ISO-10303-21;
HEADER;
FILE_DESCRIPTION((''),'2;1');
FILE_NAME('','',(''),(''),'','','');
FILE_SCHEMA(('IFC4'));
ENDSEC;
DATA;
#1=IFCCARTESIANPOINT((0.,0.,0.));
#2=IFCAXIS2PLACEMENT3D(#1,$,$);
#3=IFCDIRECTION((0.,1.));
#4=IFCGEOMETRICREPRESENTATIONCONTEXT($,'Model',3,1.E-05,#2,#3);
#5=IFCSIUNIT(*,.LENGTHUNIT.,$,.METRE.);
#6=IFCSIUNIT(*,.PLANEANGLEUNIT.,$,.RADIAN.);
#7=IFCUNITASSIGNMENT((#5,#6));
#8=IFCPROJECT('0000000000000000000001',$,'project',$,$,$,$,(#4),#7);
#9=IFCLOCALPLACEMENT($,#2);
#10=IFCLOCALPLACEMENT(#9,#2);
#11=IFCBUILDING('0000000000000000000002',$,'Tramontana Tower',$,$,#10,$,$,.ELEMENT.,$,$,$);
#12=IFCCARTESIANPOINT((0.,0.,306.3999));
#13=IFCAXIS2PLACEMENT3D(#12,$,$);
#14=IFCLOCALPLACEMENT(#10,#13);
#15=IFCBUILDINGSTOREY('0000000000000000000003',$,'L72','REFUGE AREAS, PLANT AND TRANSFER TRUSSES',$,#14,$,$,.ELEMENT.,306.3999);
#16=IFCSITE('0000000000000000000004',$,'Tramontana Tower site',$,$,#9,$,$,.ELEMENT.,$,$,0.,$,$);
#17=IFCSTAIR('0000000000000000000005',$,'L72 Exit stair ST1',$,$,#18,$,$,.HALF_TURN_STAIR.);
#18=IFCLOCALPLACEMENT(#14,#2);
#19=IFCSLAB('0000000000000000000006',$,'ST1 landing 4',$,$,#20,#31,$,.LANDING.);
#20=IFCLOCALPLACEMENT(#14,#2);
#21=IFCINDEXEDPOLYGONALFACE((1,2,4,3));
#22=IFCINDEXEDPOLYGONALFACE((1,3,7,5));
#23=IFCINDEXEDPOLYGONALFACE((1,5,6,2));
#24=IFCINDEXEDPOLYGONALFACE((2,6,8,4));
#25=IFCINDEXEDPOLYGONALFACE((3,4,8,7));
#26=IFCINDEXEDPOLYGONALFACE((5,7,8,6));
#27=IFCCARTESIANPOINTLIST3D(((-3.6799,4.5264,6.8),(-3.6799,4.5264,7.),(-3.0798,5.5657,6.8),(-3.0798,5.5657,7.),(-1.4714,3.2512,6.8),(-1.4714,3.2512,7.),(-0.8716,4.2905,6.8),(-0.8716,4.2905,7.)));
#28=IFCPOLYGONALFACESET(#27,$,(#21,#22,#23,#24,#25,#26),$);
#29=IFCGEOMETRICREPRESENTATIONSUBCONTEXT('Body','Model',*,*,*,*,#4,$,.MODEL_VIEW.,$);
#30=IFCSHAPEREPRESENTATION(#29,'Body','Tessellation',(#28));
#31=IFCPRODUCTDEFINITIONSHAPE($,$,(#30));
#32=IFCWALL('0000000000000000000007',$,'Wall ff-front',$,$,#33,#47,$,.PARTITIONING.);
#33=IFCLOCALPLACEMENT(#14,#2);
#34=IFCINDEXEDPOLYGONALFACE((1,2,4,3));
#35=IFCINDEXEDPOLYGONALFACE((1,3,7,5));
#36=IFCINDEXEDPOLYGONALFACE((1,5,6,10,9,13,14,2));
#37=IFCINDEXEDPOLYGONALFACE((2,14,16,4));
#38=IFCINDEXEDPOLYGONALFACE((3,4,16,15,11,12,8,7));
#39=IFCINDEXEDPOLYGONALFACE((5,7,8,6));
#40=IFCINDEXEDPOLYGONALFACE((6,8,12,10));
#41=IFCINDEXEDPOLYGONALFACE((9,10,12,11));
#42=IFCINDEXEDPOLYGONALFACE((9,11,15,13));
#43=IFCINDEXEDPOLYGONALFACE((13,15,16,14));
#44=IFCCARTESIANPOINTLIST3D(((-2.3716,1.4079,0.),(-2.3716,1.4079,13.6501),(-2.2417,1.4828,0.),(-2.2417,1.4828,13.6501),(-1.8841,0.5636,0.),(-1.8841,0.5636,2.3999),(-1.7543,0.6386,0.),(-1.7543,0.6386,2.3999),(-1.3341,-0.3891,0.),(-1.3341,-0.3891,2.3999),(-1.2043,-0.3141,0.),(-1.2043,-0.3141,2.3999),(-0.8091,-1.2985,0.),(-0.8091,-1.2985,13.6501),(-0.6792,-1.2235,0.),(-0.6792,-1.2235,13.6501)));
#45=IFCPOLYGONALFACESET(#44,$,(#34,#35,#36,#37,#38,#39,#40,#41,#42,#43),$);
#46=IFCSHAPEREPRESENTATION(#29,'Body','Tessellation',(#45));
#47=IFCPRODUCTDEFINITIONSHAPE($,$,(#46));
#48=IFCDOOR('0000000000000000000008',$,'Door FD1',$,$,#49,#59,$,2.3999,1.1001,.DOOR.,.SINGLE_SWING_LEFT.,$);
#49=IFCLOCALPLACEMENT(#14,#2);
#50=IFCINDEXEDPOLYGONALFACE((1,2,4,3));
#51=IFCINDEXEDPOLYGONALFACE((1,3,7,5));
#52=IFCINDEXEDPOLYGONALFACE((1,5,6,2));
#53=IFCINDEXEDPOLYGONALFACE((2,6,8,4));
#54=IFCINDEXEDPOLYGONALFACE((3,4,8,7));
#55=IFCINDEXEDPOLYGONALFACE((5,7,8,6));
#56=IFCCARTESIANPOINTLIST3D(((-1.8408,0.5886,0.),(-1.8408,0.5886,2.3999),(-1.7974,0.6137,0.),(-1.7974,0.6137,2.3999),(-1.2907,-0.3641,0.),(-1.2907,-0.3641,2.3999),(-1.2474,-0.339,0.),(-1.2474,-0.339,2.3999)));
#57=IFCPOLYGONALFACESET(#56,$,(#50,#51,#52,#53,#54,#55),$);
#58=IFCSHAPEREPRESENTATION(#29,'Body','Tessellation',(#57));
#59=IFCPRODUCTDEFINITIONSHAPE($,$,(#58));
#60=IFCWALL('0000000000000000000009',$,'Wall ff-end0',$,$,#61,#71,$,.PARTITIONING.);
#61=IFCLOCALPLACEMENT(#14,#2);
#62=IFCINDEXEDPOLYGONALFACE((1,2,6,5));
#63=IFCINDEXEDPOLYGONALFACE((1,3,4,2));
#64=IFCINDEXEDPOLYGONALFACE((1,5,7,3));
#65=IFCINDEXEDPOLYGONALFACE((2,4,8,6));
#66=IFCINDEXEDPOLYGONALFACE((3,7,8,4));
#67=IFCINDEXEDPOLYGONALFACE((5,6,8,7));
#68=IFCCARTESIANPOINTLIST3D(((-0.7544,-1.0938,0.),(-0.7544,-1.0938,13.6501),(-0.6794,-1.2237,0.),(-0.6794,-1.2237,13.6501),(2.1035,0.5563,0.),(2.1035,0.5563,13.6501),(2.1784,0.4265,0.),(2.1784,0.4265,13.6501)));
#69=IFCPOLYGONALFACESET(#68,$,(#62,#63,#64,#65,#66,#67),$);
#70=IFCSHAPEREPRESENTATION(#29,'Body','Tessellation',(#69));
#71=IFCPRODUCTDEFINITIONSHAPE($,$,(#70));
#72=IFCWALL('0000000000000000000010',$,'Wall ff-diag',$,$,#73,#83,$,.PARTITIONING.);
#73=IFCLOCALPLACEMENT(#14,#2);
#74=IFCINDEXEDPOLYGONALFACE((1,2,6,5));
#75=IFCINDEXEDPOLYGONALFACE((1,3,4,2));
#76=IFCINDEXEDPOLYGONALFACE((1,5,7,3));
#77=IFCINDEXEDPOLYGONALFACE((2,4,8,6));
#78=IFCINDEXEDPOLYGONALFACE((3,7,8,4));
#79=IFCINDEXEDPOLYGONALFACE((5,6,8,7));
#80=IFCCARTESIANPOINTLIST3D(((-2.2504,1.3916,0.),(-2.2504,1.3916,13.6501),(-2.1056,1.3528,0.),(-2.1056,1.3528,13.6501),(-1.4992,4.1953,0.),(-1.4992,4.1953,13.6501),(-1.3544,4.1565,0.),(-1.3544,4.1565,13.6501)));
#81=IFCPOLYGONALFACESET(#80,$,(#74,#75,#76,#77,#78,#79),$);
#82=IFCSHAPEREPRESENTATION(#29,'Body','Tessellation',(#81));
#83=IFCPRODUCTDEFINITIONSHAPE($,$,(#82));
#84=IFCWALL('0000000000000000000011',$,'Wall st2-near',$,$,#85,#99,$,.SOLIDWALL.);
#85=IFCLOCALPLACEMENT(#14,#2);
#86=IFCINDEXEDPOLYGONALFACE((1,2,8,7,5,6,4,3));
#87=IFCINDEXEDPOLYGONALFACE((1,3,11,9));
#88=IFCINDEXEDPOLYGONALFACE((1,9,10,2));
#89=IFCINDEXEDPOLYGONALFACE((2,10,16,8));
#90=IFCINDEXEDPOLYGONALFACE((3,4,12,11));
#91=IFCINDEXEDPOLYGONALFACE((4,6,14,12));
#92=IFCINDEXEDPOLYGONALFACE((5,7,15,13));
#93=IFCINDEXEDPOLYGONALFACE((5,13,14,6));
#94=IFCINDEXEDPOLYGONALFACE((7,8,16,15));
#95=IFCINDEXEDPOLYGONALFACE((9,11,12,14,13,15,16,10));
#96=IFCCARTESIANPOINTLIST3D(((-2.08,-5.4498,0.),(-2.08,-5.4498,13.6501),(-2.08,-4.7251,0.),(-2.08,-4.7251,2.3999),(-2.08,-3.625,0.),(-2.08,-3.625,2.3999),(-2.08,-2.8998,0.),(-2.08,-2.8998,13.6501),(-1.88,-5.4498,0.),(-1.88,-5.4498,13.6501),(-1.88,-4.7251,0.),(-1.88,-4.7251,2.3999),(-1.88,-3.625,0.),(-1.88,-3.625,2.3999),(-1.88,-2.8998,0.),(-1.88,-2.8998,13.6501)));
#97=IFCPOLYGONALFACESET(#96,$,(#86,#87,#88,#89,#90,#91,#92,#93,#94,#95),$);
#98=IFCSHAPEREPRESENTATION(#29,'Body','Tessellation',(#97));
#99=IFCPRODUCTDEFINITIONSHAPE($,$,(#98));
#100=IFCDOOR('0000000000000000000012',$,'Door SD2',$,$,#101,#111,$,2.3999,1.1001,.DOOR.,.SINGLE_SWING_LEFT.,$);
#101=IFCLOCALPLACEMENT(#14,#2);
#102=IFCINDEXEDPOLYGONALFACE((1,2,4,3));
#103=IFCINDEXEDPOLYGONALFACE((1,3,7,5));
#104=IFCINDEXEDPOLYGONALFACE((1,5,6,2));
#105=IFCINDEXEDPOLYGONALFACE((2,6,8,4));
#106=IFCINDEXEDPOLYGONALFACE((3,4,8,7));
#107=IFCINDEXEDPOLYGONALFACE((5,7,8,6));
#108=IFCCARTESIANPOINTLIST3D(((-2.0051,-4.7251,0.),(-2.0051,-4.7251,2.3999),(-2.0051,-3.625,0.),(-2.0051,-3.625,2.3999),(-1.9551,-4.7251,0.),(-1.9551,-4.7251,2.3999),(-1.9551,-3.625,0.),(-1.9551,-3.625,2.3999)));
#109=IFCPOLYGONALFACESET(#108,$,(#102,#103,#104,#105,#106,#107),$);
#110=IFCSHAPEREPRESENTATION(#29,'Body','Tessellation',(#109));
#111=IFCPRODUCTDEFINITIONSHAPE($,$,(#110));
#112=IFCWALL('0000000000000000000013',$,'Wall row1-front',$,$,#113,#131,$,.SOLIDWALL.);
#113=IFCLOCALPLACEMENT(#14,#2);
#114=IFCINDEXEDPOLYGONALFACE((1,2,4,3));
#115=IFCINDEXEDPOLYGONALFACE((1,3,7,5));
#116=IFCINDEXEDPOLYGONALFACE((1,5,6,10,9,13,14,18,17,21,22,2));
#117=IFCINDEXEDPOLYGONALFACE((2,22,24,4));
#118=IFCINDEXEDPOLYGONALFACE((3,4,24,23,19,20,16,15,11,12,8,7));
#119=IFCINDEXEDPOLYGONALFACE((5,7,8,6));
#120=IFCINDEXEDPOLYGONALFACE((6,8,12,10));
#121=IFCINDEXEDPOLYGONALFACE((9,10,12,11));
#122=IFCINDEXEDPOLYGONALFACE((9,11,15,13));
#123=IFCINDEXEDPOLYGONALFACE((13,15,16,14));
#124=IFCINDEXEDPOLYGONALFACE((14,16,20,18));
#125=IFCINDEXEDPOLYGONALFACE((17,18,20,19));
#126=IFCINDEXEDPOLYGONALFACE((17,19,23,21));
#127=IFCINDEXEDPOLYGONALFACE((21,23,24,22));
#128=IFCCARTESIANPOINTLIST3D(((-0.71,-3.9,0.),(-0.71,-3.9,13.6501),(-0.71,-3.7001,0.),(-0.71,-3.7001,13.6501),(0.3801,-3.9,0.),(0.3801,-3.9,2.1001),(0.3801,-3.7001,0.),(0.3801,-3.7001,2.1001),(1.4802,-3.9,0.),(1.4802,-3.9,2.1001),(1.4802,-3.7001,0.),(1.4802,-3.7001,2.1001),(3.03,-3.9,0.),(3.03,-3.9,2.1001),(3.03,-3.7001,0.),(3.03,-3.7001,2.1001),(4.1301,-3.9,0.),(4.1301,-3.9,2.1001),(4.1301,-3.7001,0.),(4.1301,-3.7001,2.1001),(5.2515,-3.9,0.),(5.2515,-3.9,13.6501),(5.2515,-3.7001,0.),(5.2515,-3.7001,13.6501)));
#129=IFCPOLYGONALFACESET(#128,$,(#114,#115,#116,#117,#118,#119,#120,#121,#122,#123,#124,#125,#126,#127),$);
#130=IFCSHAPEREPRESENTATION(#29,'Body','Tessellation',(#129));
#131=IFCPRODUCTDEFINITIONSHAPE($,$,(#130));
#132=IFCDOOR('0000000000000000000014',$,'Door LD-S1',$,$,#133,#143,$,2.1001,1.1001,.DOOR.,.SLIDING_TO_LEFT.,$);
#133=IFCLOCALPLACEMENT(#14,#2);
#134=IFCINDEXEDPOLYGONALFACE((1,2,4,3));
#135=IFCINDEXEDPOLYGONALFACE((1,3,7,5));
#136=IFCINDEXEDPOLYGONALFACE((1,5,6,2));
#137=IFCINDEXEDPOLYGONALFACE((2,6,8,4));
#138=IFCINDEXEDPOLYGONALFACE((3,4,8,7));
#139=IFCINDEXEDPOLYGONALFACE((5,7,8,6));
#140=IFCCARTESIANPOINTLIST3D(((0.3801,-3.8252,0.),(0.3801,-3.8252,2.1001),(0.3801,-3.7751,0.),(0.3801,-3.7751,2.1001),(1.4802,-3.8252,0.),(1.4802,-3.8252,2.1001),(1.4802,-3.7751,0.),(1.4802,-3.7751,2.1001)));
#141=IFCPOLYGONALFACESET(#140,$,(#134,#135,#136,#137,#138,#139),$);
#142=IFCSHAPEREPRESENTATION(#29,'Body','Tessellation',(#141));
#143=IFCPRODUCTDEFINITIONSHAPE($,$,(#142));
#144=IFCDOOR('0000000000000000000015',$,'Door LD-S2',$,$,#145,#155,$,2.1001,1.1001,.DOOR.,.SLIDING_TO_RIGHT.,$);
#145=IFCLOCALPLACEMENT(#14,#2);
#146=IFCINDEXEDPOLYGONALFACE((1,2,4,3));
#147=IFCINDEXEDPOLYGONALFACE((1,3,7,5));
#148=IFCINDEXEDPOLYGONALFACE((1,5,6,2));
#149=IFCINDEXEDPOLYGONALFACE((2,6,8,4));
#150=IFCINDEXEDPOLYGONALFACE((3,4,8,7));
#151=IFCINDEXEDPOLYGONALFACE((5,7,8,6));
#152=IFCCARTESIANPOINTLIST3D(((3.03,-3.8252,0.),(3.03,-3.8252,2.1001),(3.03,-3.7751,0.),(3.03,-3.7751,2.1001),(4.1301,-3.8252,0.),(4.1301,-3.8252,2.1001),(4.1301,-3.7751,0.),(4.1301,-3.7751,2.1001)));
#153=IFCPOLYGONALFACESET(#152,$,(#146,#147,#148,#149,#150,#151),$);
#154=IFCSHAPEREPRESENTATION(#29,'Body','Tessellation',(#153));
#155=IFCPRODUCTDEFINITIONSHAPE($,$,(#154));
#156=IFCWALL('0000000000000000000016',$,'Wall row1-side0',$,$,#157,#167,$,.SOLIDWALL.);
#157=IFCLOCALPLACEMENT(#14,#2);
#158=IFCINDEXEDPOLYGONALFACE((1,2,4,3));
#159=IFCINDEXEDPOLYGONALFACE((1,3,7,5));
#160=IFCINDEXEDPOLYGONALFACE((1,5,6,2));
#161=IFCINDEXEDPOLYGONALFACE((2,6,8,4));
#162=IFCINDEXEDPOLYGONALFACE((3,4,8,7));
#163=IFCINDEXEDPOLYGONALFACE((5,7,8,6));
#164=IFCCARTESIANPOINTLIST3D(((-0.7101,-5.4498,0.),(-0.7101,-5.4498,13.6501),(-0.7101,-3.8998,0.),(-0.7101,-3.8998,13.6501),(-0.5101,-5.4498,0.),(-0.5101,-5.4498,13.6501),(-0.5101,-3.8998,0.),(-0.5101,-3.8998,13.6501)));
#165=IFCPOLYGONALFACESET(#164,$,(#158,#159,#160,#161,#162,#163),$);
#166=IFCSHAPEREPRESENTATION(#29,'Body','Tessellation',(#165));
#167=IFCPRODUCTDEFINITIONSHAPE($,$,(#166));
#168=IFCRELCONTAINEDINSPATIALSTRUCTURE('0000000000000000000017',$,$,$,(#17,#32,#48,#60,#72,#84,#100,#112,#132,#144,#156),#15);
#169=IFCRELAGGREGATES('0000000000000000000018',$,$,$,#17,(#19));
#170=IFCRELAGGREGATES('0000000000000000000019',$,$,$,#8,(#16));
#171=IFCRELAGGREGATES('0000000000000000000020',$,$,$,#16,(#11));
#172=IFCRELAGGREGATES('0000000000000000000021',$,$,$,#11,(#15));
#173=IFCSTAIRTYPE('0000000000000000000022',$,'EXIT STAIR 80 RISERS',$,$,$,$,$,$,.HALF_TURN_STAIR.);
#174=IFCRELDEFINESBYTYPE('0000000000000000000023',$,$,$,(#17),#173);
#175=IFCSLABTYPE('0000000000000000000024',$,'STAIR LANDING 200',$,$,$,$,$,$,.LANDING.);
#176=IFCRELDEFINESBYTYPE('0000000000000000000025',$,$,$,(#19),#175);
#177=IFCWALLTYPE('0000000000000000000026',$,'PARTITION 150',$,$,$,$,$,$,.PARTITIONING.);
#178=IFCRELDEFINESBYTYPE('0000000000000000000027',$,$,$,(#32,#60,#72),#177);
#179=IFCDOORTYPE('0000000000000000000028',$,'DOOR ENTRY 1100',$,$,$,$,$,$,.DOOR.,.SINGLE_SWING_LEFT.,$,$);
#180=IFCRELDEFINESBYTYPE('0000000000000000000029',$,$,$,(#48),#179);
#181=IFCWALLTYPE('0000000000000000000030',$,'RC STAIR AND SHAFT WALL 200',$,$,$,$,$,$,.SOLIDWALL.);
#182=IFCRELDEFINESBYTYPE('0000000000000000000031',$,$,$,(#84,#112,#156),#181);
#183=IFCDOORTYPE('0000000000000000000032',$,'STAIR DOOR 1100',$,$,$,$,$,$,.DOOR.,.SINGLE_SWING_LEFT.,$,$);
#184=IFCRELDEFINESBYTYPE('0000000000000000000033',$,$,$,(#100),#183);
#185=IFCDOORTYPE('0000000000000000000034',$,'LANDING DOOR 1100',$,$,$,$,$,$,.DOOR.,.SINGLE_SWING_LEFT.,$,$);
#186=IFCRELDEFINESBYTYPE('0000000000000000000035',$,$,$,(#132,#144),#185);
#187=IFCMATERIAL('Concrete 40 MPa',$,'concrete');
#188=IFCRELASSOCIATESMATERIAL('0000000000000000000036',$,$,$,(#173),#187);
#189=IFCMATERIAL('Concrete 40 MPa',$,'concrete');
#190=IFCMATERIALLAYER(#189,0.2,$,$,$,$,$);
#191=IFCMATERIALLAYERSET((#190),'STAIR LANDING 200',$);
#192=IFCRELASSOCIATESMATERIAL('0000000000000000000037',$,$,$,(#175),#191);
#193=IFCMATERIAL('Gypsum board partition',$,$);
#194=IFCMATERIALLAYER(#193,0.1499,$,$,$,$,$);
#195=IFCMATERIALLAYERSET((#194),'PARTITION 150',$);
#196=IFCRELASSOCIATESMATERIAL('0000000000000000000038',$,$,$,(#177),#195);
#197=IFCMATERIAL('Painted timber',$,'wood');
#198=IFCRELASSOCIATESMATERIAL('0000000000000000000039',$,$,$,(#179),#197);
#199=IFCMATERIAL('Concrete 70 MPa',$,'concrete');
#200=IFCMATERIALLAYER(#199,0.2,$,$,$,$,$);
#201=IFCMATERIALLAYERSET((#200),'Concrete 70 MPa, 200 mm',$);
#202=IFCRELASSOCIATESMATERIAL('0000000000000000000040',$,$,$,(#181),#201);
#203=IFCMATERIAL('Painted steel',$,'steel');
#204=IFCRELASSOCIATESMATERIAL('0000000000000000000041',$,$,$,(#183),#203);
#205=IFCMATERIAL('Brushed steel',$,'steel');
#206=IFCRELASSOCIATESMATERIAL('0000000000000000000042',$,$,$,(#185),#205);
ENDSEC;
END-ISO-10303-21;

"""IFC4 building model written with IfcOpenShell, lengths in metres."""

from ifc_helpers import new_model, si_unit, direction, frame, frame_2d, origin, place, context, subcontext, project, spatial, polyline, rectangle, outline, extrude, material, layer, layer_set, type_object, element, fill, aggregate, save


model = new_model("IFC4")

# Units and contexts
model_context = context("Model", 3, precision=1e-05, world=origin(), true_north=direction((0.0, 1.0)))
body_context = subcontext(model_context, "Body", "Model", "MODEL_VIEW")
ifc_project = project(units=[si_unit("LENGTHUNIT", "METRE"), si_unit("PLANEANGLEUNIT", "RADIAN")], contexts=[model_context])

# Site, building, storey
site_placement = place(None, origin())
site = spatial("IfcSite", under=ifc_project, at=site_placement, Name="Tramontana Tower site", CompositionType="ELEMENT", RefElevation=0.0)
building_placement = place(site_placement, origin())
building = spatial("IfcBuilding", under=site, at=building_placement, Name="Tramontana Tower", CompositionType="ELEMENT")
storey_placement = place(building_placement, frame((0.0, 0.0, 306.3999)))
storey = spatial("IfcBuildingStorey", under=building, at=storey_placement, Name="L72", Description="REFUGE AREAS, PLANT AND TRANSFER TRUSSES", CompositionType="ELEMENT", Elevation=306.3999)

# Stair, slab
ifc_material_1 = material(Name="Concrete 40 MPa", Category="concrete")
stair_type = type_object("IfcStairType", Name="EXIT STAIR 80 RISERS", PredefinedType="HALF_TURN_STAIR", material=ifc_material_1)
stair_placement = place(storey_placement, origin())
stair = element("IfcStair", 1, at=stair_placement, inside=storey, type_object=stair_type, Name="L72 Exit stair ST1", PredefinedType="HALF_TURN_STAIR")
ifc_material_2 = material(Name="Concrete 40 MPa", Category="concrete")
ifc_layer_1 = layer(ifc_material_2, 0.2)
ifc_layer_set_1 = layer_set([ifc_layer_1], Name="STAIR LANDING 200")
slab_type_1 = type_object("IfcSlabType", Name="STAIR LANDING 200", PredefinedType="LANDING", material=ifc_layer_set_1)
slab_1_placement = place(storey_placement, frame((0.0, 0.0, 6.8)))
slab_1 = element("IfcSlab", 2, at=slab_1_placement, type_object=slab_type_1, Name="ST1 landing 4", PredefinedType="LANDING", context=body_context, shape_type="SweptSolid", body=[
    extrude(outline(polyline([(-1.4714, 3.2512), (-0.8716, 4.2905), (-3.0798, 5.5657), (-3.6799, 4.5264), (-1.4714, 3.2512)])), origin(), (0.0, 0.0, 1.0), 0.2),
])
aggregate(stair, [slab_1])

# Wall, opening, door
ifc_material_3 = material(Name="Gypsum board partition")
ifc_layer_2 = layer(ifc_material_3, 0.1499)
ifc_layer_set_2 = layer_set([ifc_layer_2], Name="PARTITION 150")
wall_type_1 = type_object("IfcWallType", Name="PARTITION 150", PredefinedType="PARTITIONING", material=ifc_layer_set_2)
wall_1_placement = place(storey_placement, frame((-0.7441, -1.261, 0.0), z_axis=(0.0, 0.0, 1.0), x_axis=(-0.500004, 0.866023, 0.0)))
wall_1 = element("IfcWall", 3, at=wall_1_placement, inside=storey, type_object=wall_type_1, Name="Wall ff-front", PredefinedType="PARTITIONING", context=body_context, shape_type="SweptSolid", body=[
    extrude(rectangle(XDim=3.125, YDim=0.1499, at=frame_2d((1.5625, 0.0))), origin(), (0.0, 0.0, 1.0), 13.6501),
])
opening_1_placement = place(wall_1_placement, frame((1.05, 0.0, 0.0)))
opening_1 = element("IfcOpeningElement", 4, at=opening_1_placement, cuts=wall_1, PredefinedType="OPENING", context=body_context, shape_type="SweptSolid", body=[
    extrude(rectangle(XDim=1.1001, YDim=2.3999, at=frame_2d((0.55, 1.2))), frame((0.0, 0.085, 0.0), z_axis=(0.0, -1.0, 0.0), x_axis=(1.0, 0.0, 0.0)), (0.0, 0.0, 1.0), 0.1699),
])
ifc_material_4 = material(Name="Painted timber", Category="wood")
door_type_1 = type_object("IfcDoorType", Name="DOOR ENTRY 1100", OperationType="SINGLE_SWING_LEFT", PredefinedType="DOOR", material=ifc_material_4)
door_1_placement = place(opening_1_placement, origin())
door_1 = element("IfcDoor", 5, at=door_1_placement, inside=storey, type_object=door_type_1, Name="Door FD1", OperationType="SINGLE_SWING_LEFT", OverallHeight=2.3999, OverallWidth=1.1001, PredefinedType="DOOR", context=body_context, shape_type="SweptSolid", body=[
    extrude(rectangle(XDim=1.1001, YDim=2.3999, at=frame_2d((0.55, 1.2))), frame((0.0, 0.0249, 0.0), z_axis=(0.0, -1.0, 0.0), x_axis=(1.0, 0.0, 0.0)), (0.0, 0.0, 1.0), 0.05),
])
fill(opening_1, door_1)

# Walls
wall_2_placement = place(storey_placement, frame((-0.7168, -1.1587, 0.0), z_axis=(0.0, 0.0, 1.0), x_axis=(0.866008, 0.50003, 0.0)))
element("IfcWall", 6, at=wall_2_placement, inside=storey, type_object=wall_type_1, Name="Wall ff-end0", PredefinedType="PARTITIONING", context=body_context, shape_type="SweptSolid", body=[
    extrude(rectangle(XDim=3.3, YDim=0.1499, at=frame_2d((1.6499, 0.0))), origin(), (0.0, 0.0, 1.0), 13.6501),
])
wall_3_placement = place(storey_placement, frame((-2.178, 1.3723, 0.0), z_axis=(0.0, 0.0, 1.0), x_axis=(0.258809, 0.965929, 0.0)))
element("IfcWall", 7, at=wall_3_placement, inside=storey, type_object=wall_type_1, Name="Wall ff-diag", PredefinedType="PARTITIONING", context=body_context, shape_type="SweptSolid", body=[
    extrude(rectangle(XDim=2.9026, YDim=0.1499, at=frame_2d((1.4512, 0.0))), origin(), (0.0, 0.0, 1.0), 13.6501),
])

# Wall, opening, door
ifc_material_5 = material(Name="Concrete 70 MPa", Category="concrete")
ifc_layer_3 = layer(ifc_material_5, 0.2)
ifc_layer_set_3 = layer_set([ifc_layer_3], Name="Concrete 70 MPa, 200 mm")
wall_type_2 = type_object("IfcWallType", Name="RC STAIR AND SHAFT WALL 200", PredefinedType="SOLIDWALL", material=ifc_layer_set_3)
wall_4_placement = place(storey_placement, frame((-1.98, -2.8999, 0.0), z_axis=(0.0, 0.0, 1.0), x_axis=(0.0, -1.0, 0.0)))
wall_4 = element("IfcWall", 8, at=wall_4_placement, inside=storey, type_object=wall_type_2, Name="Wall st2-near", PredefinedType="SOLIDWALL", context=body_context, shape_type="SweptSolid", body=[
    extrude(rectangle(XDim=2.55, YDim=0.2, at=frame_2d((1.2749, 0.0))), origin(), (0.0, 0.0, 1.0), 13.6501),
])
opening_2_placement = place(wall_4_placement, frame((0.7251, 0.0, 0.0)))
opening_2 = element("IfcOpeningElement", 9, at=opening_2_placement, cuts=wall_4, PredefinedType="OPENING", context=body_context, shape_type="SweptSolid", body=[
    extrude(rectangle(XDim=1.1001, YDim=2.3999, at=frame_2d((0.55, 1.2))), frame((0.0, 0.1099, 0.0), z_axis=(0.0, -1.0, 0.0), x_axis=(1.0, 0.0, 0.0)), (0.0, 0.0, 1.0), 0.22),
])
ifc_material_6 = material(Name="Painted steel", Category="steel")
door_type_2 = type_object("IfcDoorType", Name="STAIR DOOR 1100", OperationType="SINGLE_SWING_LEFT", PredefinedType="DOOR", material=ifc_material_6)
door_2_placement = place(opening_2_placement, origin())
door_2 = element("IfcDoor", 10, at=door_2_placement, inside=storey, type_object=door_type_2, Name="Door SD2", OperationType="SINGLE_SWING_LEFT", OverallHeight=2.3999, OverallWidth=1.1001, PredefinedType="DOOR", context=body_context, shape_type="SweptSolid", body=[
    extrude(rectangle(XDim=1.1001, YDim=2.3999, at=frame_2d((0.55, 1.2))), frame((0.0, 0.0249, 0.0), z_axis=(0.0, -1.0, 0.0), x_axis=(1.0, 0.0, 0.0)), (0.0, 0.0, 1.0), 0.05),
])
fill(opening_2, door_2)

# Wall, openings, doors
wall_5_placement = place(storey_placement, frame((-0.71, -3.8, 0.0), z_axis=(0.0, 0.0, 1.0), x_axis=(1.0, 0.0, 0.0)))
wall_5 = element("IfcWall", 11, at=wall_5_placement, inside=storey, type_object=wall_type_2, Name="Wall row1-front", PredefinedType="SOLIDWALL", context=body_context, shape_type="SweptSolid", body=[
    extrude(rectangle(XDim=5.9614, YDim=0.2, at=frame_2d((2.9807, 0.0))), origin(), (0.0, 0.0, 1.0), 13.6501),
])
opening_3_placement = place(wall_5_placement, frame((1.0901, 0.0, 0.0)))
opening_3 = element("IfcOpeningElement", 12, at=opening_3_placement, cuts=wall_5, PredefinedType="OPENING", context=body_context, shape_type="SweptSolid", body=[
    extrude(rectangle(XDim=1.1001, YDim=2.1001, at=frame_2d((0.55, 1.05))), frame((0.0, 0.1099, 0.0), z_axis=(0.0, -1.0, 0.0), x_axis=(1.0, 0.0, 0.0)), (0.0, 0.0, 1.0), 0.22),
])
opening_4_placement = place(wall_5_placement, frame((3.74, 0.0, 0.0)))
opening_4 = element("IfcOpeningElement", 13, at=opening_4_placement, cuts=wall_5, PredefinedType="OPENING", context=body_context, shape_type="SweptSolid", body=[
    extrude(rectangle(XDim=1.1001, YDim=2.1001, at=frame_2d((0.55, 1.05))), frame((0.0, 0.1099, 0.0), z_axis=(0.0, -1.0, 0.0), x_axis=(1.0, 0.0, 0.0)), (0.0, 0.0, 1.0), 0.22),
])
ifc_material_7 = material(Name="Brushed steel", Category="steel")
door_type_3 = type_object("IfcDoorType", Name="LANDING DOOR 1100", OperationType="SINGLE_SWING_LEFT", PredefinedType="DOOR", material=ifc_material_7)
door_3_placement = place(opening_3_placement, origin())
door_3 = element("IfcDoor", 14, at=door_3_placement, inside=storey, type_object=door_type_3, Name="Door LD-S1", OperationType="SLIDING_TO_LEFT", OverallHeight=2.1001, OverallWidth=1.1001, PredefinedType="DOOR", context=body_context, shape_type="SweptSolid", body=[
    extrude(rectangle(XDim=1.1001, YDim=2.1001, at=frame_2d((0.55, 1.05))), frame((0.0, 0.0249, 0.0), z_axis=(0.0, -1.0, 0.0), x_axis=(1.0, 0.0, 0.0)), (0.0, 0.0, 1.0), 0.05),
])
fill(opening_3, door_3)
door_4_placement = place(opening_4_placement, origin())
door_4 = element("IfcDoor", 15, at=door_4_placement, inside=storey, type_object=door_type_3, Name="Door LD-S2", OperationType="SLIDING_TO_RIGHT", OverallHeight=2.1001, OverallWidth=1.1001, PredefinedType="DOOR", context=body_context, shape_type="SweptSolid", body=[
    extrude(rectangle(XDim=1.1001, YDim=2.1001, at=frame_2d((0.55, 1.05))), frame((0.0, 0.0249, 0.0), z_axis=(0.0, -1.0, 0.0), x_axis=(1.0, 0.0, 0.0)), (0.0, 0.0, 1.0), 0.05),
])
fill(opening_4, door_4)

# Wall
wall_6_placement = place(storey_placement, frame((-0.6101, -3.8999, 0.0), z_axis=(0.0, 0.0, 1.0), x_axis=(0.0, -1.0, 0.0)))
element("IfcWall", 16, at=wall_6_placement, inside=storey, type_object=wall_type_2, Name="Wall row1-side0", PredefinedType="SOLIDWALL", context=body_context, shape_type="SweptSolid", body=[
    extrude(rectangle(XDim=1.55, YDim=0.2, at=frame_2d((0.7749, 0.0))), origin(), (0.0, 0.0, 1.0), 13.6501),
])

save(model, "model.ifc")
